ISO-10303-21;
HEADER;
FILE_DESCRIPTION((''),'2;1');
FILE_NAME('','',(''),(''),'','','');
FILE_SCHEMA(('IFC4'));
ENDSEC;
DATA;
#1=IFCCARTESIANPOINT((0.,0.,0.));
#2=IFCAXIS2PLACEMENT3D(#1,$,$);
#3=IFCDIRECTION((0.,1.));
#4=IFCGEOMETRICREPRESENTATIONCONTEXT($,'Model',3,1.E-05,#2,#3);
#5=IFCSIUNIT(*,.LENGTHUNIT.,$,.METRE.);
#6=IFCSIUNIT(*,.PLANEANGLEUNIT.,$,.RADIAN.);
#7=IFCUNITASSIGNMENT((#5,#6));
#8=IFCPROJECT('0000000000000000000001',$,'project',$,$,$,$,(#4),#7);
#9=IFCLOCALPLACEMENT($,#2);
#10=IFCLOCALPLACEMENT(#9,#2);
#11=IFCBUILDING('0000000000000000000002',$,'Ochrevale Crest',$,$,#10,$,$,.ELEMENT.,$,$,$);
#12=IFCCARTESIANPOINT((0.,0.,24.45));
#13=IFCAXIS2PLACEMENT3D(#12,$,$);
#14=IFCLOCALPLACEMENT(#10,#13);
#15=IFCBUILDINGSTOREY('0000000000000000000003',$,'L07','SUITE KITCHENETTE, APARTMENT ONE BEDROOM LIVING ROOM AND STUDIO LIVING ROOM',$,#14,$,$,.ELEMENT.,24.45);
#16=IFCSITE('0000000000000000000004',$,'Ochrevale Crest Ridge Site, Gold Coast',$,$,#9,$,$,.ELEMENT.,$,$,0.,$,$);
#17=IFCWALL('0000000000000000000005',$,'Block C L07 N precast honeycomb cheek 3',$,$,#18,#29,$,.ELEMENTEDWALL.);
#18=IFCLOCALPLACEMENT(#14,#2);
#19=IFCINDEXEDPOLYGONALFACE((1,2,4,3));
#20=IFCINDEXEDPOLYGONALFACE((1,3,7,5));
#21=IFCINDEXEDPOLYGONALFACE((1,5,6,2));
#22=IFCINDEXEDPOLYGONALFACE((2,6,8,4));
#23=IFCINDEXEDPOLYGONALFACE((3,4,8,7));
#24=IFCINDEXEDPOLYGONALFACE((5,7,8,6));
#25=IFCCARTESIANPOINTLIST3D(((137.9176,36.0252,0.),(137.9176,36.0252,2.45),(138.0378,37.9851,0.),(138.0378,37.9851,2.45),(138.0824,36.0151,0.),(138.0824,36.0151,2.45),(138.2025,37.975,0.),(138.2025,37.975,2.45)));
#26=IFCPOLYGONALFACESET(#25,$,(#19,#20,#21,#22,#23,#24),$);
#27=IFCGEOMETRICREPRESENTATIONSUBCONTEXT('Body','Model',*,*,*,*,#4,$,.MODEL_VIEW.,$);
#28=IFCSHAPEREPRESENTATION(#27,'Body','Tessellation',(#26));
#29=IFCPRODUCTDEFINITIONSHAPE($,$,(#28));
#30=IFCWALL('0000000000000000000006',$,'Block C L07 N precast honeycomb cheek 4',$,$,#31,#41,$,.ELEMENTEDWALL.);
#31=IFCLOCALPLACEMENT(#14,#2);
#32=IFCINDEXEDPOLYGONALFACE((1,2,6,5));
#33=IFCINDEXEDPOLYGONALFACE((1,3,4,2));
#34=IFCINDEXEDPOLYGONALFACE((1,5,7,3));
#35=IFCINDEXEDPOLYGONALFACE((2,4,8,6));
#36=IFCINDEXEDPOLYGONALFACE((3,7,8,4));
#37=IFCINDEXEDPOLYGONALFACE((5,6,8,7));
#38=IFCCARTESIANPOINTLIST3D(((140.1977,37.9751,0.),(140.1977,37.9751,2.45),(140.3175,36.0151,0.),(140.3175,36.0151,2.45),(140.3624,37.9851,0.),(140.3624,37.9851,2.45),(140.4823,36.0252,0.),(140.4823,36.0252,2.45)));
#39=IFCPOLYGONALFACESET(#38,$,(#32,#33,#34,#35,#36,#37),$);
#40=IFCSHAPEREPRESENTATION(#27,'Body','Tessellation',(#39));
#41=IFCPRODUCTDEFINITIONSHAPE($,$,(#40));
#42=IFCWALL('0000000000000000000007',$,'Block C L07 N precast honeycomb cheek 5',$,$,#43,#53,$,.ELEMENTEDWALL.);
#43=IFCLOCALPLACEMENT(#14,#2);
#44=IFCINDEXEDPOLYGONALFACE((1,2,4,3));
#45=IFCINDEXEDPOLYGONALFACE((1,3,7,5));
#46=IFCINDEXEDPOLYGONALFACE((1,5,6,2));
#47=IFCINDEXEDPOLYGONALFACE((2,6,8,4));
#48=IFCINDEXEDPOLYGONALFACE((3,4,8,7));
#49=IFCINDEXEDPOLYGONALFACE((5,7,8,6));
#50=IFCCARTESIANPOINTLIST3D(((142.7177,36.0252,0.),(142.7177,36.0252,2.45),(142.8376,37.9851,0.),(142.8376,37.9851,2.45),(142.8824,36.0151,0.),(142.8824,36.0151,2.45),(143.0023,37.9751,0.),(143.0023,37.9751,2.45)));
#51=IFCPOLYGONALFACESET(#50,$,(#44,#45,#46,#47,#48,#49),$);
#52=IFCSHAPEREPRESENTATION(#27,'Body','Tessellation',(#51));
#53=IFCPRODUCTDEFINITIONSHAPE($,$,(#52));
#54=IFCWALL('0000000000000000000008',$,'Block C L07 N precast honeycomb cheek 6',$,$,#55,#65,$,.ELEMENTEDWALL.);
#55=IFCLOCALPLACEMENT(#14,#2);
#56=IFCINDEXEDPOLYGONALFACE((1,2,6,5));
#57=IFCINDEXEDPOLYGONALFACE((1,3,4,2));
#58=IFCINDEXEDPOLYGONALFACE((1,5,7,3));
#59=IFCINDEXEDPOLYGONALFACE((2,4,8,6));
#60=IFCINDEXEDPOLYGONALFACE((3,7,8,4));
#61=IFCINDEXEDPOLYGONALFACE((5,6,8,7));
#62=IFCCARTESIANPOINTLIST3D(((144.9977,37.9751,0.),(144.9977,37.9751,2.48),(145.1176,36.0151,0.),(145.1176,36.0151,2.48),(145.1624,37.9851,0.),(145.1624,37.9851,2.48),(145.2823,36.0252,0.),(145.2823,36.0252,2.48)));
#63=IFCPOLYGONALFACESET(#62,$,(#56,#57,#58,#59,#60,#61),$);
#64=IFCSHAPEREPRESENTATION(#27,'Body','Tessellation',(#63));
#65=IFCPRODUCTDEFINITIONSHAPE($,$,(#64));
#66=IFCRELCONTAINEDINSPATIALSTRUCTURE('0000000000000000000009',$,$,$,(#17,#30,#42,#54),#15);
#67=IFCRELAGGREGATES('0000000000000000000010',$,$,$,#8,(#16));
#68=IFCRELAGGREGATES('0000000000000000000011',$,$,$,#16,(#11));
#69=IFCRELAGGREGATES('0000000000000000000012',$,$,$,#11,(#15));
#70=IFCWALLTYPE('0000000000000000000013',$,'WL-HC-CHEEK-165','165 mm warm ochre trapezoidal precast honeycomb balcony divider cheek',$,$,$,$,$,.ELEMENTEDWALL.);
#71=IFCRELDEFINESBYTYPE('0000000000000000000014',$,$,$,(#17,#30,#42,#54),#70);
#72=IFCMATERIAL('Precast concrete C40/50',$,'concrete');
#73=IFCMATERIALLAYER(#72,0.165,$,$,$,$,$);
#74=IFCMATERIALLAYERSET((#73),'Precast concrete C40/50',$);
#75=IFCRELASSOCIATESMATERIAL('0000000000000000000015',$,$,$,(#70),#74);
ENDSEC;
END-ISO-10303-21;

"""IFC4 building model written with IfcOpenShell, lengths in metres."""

from ifc_helpers import new_model, si_unit, direction, frame, frame_2d, origin, place, context, subcontext, project, spatial, rectangle, extrude, material, layer, layer_set, type_object, element, save


model = new_model("IFC4")

# Units and contexts
model_context = context("Model", 3, precision=1e-05, world=origin(), true_north=direction((0.0, 1.0)))
body_context = subcontext(model_context, "Body", "Model", "MODEL_VIEW")
ifc_project = project(units=[si_unit("LENGTHUNIT", "METRE"), si_unit("PLANEANGLEUNIT", "RADIAN")], contexts=[model_context])

# Site, building, storey
site_placement = place(None, origin())
site = spatial("IfcSite", under=ifc_project, at=site_placement, Name="Ochrevale Crest Ridge Site, Gold Coast", CompositionType="ELEMENT", RefElevation=0.0)
building_placement = place(site_placement, origin())
building = spatial("IfcBuilding", under=site, at=building_placement, Name="Ochrevale Crest", CompositionType="ELEMENT")
storey_placement = place(building_placement, frame((0.0, 0.0, 24.45)))
storey = spatial("IfcBuildingStorey", under=building, at=storey_placement, Name="L07", Description="SUITE KITCHENETTE, APARTMENT ONE BEDROOM LIVING ROOM AND STUDIO LIVING ROOM", CompositionType="ELEMENT", Elevation=24.45)

# Shared definitions
ifc_material_1 = material(Name="Precast concrete C40/50", Category="concrete")

# Walls
ifc_layer_1 = layer(ifc_material_1, 0.165)
ifc_layer_set_1 = layer_set([ifc_layer_1], Name="Precast concrete C40/50")
wall_type_1 = type_object("IfcWallType", Name="WL-HC-CHEEK-165", Description="165 mm warm ochre trapezoidal precast honeycomb balcony divider cheek", PredefinedType="ELEMENTEDWALL", material=ifc_layer_set_1)
for number, where, z_axis, x_axis, name in (
    (1, (138.0, 36.02, 0.0), (0.0, 0.0, 1.0), (0.061171, 0.998127, 0.0), "Block C L07 N precast honeycomb cheek 3"),
    (2, (140.3999, 36.02, 0.0), (0.0, 0.0, 1.0), (-0.061047, 0.998135, 0.0), "Block C L07 N precast honeycomb cheek 4"),
    (3, (142.8, 36.02, 0.0), (0.0, 0.0, 1.0), (0.061047, 0.998135, 0.0), "Block C L07 N precast honeycomb cheek 5"),
):
    element("IfcWall", number, at=place(storey_placement, frame(where, z_axis=z_axis, x_axis=x_axis)), inside=storey, type_object=wall_type_1, Name=name, PredefinedType="ELEMENTEDWALL", context=body_context, shape_type="SweptSolid", body=[
        extrude(rectangle(XDim=1.9636, YDim=0.165, at=frame_2d((0.9819, 0.0))), origin(), (0.0, 0.0, 1.0), 2.45),
    ])
wall_1_placement = place(storey_placement, frame((145.2, 36.02, 0.0), z_axis=(0.0, 0.0, 1.0), x_axis=(-0.061047, 0.998135, 0.0)))
element("IfcWall", 4, at=wall_1_placement, inside=storey, type_object=wall_type_1, Name="Block C L07 N precast honeycomb cheek 6", PredefinedType="ELEMENTEDWALL", context=body_context, shape_type="SweptSolid", body=[
    extrude(rectangle(XDim=1.9636, YDim=0.165, at=frame_2d((0.9819, 0.0))), origin(), (0.0, 0.0, 1.0), 2.48),
])

save(model, "model.ifc")
